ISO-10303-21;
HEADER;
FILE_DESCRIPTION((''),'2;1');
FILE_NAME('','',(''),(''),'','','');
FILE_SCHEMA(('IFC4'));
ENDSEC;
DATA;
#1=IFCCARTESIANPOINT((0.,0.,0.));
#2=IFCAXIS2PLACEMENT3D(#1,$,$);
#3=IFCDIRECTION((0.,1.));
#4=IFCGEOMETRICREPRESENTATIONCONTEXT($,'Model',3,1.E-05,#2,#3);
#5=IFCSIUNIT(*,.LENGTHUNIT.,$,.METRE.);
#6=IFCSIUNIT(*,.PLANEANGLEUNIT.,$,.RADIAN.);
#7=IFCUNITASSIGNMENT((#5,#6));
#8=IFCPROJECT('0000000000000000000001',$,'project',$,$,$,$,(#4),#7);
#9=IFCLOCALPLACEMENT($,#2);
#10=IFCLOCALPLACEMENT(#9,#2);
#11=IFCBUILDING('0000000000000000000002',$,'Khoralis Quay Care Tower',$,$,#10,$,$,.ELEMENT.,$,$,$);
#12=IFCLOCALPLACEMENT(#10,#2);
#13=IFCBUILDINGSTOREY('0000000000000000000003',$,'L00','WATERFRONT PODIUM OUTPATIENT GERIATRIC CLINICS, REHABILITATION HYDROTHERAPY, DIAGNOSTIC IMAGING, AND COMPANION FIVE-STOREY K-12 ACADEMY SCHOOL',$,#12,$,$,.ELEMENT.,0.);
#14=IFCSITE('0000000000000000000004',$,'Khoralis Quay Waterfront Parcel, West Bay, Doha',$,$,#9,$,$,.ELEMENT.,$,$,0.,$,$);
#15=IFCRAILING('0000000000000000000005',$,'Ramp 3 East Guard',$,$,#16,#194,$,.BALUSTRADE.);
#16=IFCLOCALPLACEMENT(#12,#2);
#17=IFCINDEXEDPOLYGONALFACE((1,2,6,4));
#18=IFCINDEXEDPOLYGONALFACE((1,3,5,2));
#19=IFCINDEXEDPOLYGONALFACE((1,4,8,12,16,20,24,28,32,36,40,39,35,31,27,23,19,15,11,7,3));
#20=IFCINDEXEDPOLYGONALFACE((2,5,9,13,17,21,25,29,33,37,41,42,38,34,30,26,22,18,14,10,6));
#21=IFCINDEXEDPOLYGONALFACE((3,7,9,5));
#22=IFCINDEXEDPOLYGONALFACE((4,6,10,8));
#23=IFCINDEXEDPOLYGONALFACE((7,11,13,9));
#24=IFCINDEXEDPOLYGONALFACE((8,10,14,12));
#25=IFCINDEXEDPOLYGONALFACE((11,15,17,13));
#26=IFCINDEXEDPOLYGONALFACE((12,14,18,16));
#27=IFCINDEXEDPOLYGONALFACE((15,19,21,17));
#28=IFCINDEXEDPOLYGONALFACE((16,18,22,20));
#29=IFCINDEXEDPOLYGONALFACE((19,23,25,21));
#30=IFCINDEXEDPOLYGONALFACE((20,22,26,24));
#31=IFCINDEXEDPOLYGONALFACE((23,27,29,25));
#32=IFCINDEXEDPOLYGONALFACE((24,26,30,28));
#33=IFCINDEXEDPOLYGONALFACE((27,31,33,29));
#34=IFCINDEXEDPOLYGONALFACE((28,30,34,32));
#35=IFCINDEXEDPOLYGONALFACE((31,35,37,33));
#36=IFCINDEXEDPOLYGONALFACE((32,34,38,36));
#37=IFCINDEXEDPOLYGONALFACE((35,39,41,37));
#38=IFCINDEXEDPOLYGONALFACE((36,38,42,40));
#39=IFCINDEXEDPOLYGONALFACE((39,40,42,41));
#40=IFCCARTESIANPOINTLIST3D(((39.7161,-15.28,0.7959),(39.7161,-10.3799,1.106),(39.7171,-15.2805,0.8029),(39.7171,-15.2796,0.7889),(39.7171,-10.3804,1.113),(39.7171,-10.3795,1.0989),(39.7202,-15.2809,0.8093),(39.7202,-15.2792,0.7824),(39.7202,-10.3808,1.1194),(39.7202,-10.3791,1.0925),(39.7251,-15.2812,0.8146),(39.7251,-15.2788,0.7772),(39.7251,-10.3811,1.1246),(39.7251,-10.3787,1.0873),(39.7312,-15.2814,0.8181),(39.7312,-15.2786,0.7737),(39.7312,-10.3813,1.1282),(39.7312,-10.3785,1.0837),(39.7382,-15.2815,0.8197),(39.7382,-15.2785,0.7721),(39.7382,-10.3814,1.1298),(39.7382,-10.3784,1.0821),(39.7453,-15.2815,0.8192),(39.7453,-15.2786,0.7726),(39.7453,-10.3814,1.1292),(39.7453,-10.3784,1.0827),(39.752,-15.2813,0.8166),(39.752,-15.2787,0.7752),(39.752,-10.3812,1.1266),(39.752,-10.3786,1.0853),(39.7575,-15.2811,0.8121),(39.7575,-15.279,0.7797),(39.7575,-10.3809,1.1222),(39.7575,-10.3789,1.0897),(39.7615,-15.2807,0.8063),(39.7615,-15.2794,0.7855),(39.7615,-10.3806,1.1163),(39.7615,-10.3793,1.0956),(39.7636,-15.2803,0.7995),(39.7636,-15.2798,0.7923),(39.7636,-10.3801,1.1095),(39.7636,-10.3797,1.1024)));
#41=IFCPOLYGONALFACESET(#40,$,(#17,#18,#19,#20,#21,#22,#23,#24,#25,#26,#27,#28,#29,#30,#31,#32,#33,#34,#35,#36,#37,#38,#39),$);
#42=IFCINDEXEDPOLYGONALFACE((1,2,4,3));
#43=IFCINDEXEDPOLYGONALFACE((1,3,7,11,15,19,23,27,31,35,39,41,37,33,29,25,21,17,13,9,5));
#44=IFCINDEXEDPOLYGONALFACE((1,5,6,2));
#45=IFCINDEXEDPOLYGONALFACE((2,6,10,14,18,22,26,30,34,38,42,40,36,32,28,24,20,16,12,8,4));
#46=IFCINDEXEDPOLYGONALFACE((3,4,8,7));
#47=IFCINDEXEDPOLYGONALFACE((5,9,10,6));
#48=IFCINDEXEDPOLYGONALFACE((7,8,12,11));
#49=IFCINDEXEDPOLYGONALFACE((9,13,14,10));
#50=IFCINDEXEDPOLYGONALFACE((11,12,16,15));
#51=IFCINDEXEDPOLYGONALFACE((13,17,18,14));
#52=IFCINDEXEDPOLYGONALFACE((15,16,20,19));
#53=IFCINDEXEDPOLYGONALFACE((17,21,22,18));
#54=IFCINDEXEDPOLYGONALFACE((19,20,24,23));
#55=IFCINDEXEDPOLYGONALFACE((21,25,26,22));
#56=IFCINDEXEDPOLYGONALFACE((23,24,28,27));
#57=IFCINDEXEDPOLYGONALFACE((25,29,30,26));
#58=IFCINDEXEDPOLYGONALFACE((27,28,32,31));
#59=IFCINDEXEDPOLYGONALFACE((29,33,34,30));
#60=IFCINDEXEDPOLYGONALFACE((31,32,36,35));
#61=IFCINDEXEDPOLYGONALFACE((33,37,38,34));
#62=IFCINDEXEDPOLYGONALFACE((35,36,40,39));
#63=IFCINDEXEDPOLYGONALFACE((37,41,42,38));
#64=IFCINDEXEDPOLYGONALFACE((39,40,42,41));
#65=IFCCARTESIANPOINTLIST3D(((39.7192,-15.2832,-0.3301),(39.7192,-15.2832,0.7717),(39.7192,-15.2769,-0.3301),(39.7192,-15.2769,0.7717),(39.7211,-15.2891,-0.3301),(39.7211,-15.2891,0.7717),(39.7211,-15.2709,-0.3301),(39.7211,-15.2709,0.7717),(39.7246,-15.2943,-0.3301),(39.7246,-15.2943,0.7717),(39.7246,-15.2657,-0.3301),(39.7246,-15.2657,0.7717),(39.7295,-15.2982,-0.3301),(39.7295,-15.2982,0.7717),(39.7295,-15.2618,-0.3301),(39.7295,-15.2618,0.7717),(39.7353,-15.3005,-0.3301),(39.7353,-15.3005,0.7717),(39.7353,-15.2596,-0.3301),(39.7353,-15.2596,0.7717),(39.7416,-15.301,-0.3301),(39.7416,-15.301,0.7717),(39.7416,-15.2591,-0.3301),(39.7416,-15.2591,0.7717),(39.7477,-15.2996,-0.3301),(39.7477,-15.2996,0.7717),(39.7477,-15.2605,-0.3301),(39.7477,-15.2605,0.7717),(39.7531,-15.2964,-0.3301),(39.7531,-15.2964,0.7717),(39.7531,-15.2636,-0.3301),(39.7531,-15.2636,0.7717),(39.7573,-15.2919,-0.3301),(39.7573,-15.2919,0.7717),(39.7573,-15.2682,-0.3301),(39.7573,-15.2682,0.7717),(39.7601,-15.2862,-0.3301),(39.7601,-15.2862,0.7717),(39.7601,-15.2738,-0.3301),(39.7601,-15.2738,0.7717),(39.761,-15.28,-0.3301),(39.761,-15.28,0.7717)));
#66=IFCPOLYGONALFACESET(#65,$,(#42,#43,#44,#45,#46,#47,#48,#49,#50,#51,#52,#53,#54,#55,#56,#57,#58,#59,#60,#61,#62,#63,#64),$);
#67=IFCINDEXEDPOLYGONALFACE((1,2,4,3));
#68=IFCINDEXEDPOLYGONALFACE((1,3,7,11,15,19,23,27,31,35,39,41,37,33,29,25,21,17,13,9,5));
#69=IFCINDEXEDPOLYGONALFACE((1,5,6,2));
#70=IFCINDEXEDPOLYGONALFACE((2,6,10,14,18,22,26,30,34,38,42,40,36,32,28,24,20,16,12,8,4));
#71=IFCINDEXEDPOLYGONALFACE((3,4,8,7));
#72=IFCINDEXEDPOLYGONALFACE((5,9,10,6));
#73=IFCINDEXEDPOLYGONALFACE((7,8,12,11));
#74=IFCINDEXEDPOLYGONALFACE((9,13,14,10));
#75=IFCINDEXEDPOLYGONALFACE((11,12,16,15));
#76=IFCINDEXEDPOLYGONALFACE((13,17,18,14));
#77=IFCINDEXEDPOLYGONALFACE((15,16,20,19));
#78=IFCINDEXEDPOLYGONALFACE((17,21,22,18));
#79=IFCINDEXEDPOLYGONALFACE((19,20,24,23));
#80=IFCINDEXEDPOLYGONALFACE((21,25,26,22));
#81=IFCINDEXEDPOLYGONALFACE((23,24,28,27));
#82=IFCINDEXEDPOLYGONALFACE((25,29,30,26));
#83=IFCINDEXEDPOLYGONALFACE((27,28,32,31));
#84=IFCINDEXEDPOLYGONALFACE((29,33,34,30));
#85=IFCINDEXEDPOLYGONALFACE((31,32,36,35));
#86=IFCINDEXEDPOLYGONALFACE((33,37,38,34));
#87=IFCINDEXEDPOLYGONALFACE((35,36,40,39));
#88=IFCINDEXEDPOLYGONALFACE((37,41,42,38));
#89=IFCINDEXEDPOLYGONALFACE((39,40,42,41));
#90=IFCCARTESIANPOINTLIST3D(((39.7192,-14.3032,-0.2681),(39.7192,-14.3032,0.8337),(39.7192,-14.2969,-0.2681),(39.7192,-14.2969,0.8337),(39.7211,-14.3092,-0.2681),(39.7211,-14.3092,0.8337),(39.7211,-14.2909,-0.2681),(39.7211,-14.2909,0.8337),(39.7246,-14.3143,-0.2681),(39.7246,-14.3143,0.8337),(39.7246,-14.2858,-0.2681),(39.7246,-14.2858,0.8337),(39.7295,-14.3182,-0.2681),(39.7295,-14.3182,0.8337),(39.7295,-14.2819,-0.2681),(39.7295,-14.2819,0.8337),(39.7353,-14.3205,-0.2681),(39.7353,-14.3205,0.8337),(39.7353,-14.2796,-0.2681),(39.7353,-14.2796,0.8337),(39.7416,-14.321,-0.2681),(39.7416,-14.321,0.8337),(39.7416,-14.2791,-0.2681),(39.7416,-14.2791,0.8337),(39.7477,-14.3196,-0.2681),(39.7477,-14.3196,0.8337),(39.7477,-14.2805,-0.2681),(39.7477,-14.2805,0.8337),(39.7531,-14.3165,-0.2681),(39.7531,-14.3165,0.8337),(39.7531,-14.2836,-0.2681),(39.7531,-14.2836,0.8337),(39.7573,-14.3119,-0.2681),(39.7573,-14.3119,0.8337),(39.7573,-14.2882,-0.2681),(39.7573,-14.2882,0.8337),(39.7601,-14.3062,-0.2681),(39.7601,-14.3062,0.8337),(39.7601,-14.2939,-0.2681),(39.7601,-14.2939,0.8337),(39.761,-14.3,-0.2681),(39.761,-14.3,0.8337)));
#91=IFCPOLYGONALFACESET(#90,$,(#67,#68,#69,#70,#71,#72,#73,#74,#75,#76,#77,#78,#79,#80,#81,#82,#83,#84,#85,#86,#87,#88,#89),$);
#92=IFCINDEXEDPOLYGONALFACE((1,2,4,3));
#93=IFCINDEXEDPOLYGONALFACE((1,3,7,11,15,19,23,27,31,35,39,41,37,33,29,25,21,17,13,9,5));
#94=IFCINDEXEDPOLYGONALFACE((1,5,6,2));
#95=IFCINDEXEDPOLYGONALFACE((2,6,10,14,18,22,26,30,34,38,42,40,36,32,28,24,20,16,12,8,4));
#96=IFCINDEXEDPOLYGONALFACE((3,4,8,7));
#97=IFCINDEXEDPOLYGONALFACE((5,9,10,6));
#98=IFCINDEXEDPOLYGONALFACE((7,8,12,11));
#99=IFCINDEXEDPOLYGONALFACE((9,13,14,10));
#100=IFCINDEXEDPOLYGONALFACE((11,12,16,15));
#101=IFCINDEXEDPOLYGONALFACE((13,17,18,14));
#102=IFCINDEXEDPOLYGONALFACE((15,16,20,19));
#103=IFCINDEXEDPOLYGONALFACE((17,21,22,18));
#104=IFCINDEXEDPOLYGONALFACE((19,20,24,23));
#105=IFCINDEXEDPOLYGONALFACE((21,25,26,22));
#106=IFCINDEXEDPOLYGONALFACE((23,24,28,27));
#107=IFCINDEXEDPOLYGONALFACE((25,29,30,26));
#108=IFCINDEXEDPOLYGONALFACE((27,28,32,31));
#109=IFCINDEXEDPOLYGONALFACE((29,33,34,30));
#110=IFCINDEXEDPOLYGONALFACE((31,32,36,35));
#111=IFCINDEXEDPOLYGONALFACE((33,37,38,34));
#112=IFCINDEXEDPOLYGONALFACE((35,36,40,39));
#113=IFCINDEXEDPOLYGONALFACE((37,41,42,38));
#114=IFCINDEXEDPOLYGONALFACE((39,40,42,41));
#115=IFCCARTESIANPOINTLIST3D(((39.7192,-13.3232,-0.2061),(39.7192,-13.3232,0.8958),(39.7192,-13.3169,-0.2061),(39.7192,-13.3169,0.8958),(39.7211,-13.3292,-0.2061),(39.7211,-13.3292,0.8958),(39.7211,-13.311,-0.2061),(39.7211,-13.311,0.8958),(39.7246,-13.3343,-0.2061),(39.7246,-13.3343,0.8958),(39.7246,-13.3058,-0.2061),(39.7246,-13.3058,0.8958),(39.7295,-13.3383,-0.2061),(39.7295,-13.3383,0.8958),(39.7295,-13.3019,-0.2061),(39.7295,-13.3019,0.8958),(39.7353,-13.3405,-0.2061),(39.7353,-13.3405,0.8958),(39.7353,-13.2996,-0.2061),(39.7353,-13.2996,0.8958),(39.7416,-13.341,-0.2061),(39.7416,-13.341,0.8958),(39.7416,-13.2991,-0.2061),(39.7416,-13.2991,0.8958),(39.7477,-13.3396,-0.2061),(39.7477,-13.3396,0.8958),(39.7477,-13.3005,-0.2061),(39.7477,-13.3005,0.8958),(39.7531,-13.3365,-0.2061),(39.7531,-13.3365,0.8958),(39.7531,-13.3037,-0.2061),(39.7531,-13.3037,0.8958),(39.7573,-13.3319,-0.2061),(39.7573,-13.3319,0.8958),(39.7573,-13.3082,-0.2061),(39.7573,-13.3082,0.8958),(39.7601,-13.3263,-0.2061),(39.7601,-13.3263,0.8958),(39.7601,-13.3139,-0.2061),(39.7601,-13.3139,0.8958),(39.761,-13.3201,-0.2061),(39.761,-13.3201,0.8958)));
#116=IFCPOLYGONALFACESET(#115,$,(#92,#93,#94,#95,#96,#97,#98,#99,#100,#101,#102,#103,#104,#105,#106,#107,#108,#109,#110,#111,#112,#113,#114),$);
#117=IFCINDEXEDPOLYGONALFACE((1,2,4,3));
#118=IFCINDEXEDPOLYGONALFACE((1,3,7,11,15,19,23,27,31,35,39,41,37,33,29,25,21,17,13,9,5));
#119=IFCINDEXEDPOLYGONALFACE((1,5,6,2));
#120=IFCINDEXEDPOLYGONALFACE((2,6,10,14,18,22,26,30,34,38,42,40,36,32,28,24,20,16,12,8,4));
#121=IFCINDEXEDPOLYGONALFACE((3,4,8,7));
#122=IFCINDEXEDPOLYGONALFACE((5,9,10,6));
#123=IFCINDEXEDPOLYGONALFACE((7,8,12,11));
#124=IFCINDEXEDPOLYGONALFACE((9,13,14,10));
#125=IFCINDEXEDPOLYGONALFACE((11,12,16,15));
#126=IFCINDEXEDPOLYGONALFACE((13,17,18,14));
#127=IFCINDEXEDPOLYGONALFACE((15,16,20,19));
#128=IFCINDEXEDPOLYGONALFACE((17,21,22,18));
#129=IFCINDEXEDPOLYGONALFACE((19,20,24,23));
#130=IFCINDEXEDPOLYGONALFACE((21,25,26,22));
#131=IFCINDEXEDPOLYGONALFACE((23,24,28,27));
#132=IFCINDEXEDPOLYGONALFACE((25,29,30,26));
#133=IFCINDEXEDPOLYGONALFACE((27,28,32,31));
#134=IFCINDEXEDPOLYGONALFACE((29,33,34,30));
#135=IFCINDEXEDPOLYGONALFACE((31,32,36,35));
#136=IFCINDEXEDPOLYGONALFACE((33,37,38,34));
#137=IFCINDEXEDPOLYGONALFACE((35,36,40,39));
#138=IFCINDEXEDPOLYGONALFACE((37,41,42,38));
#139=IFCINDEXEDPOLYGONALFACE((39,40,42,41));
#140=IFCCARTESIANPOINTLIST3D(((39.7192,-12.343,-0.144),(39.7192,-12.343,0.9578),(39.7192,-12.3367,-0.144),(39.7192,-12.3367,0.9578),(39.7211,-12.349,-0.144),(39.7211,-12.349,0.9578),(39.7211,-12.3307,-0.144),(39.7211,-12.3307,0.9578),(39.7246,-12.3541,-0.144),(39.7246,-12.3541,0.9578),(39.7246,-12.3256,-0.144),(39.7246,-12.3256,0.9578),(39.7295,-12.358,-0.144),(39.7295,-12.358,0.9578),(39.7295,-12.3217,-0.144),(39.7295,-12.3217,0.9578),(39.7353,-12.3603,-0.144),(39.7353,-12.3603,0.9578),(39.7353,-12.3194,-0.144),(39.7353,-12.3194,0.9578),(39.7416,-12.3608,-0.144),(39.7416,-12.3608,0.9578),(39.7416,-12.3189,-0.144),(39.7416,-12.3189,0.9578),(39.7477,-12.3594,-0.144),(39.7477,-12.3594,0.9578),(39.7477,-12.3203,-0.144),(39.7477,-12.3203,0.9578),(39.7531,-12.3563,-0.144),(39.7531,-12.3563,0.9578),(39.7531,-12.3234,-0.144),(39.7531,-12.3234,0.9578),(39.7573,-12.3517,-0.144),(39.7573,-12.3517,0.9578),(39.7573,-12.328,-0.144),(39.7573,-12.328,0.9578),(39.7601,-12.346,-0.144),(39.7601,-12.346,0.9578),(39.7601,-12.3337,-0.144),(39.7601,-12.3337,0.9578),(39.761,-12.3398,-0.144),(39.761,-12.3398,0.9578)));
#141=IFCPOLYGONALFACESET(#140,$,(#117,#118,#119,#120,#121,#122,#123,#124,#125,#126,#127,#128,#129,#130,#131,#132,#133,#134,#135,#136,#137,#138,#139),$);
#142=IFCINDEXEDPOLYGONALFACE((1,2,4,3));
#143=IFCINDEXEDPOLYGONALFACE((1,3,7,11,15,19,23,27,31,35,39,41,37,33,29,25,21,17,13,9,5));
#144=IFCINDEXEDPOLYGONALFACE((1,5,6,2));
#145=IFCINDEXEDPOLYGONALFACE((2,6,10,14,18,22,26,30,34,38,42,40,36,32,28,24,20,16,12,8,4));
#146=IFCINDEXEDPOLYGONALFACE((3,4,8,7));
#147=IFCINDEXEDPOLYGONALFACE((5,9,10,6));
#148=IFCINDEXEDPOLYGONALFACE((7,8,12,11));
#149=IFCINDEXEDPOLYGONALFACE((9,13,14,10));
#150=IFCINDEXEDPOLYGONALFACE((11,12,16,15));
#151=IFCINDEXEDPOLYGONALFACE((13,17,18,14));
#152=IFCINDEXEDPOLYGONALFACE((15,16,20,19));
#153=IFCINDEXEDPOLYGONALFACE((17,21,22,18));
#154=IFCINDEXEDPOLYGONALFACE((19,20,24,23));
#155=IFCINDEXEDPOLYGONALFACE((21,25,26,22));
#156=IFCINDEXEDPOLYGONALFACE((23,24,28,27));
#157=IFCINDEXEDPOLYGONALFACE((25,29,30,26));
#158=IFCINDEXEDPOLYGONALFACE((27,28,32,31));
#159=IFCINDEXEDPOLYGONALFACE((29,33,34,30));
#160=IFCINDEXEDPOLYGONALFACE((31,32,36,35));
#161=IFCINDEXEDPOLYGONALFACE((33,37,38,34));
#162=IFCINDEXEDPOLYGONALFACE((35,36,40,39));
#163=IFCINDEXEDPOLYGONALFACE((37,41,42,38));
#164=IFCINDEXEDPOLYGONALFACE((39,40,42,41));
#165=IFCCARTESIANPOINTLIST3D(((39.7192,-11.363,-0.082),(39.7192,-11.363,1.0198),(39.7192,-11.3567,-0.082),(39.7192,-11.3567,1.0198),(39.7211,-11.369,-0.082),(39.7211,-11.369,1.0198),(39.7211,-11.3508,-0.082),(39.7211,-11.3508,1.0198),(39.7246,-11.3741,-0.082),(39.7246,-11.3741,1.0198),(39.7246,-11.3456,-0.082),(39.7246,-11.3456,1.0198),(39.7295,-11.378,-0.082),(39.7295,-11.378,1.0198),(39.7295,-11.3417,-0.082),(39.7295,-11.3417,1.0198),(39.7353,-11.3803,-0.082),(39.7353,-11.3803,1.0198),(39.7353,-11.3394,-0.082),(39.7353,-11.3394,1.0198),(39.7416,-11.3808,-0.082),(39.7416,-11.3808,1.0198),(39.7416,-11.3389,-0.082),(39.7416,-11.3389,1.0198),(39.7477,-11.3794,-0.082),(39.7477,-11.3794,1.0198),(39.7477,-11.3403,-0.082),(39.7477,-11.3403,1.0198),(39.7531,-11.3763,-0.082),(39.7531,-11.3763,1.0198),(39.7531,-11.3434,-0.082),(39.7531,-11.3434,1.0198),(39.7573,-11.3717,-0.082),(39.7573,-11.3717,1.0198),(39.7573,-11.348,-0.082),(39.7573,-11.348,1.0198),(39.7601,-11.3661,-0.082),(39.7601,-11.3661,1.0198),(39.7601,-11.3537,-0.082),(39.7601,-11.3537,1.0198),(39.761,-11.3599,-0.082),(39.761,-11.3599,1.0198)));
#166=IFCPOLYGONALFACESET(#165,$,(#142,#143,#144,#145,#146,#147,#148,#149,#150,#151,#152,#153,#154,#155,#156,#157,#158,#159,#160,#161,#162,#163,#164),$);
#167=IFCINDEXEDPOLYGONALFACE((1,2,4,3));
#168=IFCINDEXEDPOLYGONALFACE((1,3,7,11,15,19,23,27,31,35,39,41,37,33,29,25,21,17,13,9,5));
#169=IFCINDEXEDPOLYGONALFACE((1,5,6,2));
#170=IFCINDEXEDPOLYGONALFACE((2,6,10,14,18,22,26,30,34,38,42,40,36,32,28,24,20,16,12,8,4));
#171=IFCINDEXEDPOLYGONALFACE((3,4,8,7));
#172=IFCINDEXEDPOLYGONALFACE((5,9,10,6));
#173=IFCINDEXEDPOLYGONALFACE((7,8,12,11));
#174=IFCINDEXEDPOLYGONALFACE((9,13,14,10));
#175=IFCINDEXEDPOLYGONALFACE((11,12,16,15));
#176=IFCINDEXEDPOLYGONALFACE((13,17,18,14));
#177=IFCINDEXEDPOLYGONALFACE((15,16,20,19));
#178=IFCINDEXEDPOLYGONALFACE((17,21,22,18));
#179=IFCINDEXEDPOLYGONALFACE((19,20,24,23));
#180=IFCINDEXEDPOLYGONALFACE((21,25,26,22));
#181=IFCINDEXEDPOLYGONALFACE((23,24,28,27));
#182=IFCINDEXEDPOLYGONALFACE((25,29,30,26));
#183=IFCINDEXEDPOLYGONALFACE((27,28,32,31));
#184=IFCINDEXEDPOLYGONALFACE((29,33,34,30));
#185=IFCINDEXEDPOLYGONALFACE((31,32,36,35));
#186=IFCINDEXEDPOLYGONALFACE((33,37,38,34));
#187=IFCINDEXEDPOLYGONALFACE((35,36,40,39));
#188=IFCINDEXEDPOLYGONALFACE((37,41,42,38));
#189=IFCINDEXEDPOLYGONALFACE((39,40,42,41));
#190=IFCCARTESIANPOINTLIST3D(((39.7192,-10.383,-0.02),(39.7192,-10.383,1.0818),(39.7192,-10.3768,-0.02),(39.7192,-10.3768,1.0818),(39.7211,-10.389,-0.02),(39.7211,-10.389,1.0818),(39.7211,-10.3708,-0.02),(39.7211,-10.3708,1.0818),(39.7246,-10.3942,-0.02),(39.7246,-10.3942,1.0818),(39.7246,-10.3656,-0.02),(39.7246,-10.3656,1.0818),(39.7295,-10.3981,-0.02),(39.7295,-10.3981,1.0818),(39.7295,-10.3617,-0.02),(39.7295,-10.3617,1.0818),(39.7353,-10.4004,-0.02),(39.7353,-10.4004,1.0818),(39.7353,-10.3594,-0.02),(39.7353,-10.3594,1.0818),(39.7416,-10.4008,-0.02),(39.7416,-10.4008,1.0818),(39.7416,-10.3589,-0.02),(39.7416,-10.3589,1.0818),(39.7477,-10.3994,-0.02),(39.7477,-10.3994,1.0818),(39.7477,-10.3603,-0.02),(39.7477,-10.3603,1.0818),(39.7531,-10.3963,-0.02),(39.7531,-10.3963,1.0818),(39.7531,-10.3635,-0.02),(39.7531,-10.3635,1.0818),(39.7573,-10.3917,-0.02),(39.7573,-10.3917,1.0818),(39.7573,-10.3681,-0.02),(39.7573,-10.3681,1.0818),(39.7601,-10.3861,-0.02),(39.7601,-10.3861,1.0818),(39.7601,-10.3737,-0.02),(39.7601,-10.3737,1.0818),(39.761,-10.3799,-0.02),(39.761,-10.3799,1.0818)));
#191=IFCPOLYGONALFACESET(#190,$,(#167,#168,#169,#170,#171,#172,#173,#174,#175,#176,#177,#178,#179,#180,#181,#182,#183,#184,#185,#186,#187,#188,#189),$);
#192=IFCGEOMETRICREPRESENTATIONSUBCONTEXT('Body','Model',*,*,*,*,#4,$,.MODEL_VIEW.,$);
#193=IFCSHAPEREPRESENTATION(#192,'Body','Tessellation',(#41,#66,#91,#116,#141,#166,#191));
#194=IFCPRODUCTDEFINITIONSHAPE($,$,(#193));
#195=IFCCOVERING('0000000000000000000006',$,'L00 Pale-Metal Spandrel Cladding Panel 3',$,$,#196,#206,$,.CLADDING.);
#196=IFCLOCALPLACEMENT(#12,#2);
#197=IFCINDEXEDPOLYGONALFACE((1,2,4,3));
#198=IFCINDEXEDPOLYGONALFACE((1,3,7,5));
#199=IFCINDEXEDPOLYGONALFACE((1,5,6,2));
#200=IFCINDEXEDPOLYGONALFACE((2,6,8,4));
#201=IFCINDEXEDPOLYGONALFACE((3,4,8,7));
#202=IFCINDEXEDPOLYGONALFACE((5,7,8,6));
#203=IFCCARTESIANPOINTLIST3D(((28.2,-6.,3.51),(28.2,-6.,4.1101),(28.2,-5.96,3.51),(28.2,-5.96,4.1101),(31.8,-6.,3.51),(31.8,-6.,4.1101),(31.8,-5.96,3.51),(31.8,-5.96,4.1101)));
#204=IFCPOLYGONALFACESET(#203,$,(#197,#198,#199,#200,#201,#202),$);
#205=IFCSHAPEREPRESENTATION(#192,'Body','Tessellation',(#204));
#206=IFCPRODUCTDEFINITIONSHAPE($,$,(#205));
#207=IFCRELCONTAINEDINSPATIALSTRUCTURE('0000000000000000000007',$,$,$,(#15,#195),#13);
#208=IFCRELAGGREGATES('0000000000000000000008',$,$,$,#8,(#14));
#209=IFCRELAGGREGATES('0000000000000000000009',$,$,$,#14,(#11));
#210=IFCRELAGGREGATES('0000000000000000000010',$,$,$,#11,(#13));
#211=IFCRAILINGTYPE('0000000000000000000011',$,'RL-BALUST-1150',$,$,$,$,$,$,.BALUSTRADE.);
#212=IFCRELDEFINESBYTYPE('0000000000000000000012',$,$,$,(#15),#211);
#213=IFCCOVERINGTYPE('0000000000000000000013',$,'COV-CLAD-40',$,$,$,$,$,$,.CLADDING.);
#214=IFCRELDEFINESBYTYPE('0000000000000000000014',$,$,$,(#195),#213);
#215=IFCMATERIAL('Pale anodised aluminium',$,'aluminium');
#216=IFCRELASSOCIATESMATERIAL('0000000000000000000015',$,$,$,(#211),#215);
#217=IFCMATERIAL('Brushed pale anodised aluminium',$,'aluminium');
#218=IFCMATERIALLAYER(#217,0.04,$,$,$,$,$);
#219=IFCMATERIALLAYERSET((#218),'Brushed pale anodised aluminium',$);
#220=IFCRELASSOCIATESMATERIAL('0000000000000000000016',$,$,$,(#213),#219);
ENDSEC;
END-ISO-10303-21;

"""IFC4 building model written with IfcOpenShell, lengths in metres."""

from ifc_helpers import new_model, si_unit, direction, frame, origin, origin_2d, place, context, subcontext, project, spatial, rectangle, circle, extrude, source, transform, mapped, material, layer, layer_set, type_object, element, save


model = new_model("IFC4")

# Units and contexts
model_context = context("Model", 3, precision=1e-05, world=origin(), true_north=direction((0.0, 1.0)))
body_context = subcontext(model_context, "Body", "Model", "MODEL_VIEW")
ifc_project = project(units=[si_unit("LENGTHUNIT", "METRE"), si_unit("PLANEANGLEUNIT", "RADIAN")], contexts=[model_context])

# Site, building, storey
site_placement = place(None, origin())
site = spatial("IfcSite", under=ifc_project, at=site_placement, Name="Khoralis Quay Waterfront Parcel, West Bay, Doha", CompositionType="ELEMENT", RefElevation=0.0)
building_placement = place(site_placement, origin())
building = spatial("IfcBuilding", under=site, at=building_placement, Name="Khoralis Quay Care Tower", CompositionType="ELEMENT")
storey_placement = place(building_placement, origin())
storey = spatial("IfcBuildingStorey", under=building, at=storey_placement, Name="L00", Description="WATERFRONT PODIUM OUTPATIENT GERIATRIC CLINICS, REHABILITATION HYDROTHERAPY, DIAGNOSTIC IMAGING, AND COMPANION FIVE-STOREY K-12 ACADEMY SCHOOL", CompositionType="ELEMENT", Elevation=0.0)

# Shared definitions
ifc_material_1 = material(Name="Pale anodised aluminium", Category="aluminium")

# Railing
railing_type = type_object("IfcRailingType", Name="RL-BALUST-1150", PredefinedType="BALUSTRADE", material=ifc_material_1)
for number, where, name in (
    (1, (39.74, -15.28, -0.3301), "Ramp 3 East Guard"),
):
    element("IfcRailing", number, at=place(storey_placement, frame(where)), inside=storey, type_object=railing_type, Name=name, PredefinedType="BALUSTRADE", context=body_context, shape_type="SweptSolid", body=[
        extrude(circle(Radius=0.0239, at=origin_2d()), frame((0.0, 0.0, 1.126), z_axis=(0.0, 0.998004, 0.063149), x_axis=(-1.0, 0.0, 0.0)), (0.0, 0.0, 1.0), 4.9099),
        extrude(circle(Radius=0.021, at=origin_2d()), origin(), (0.0, 0.0, 1.0), 1.1018),
        extrude(circle(Radius=0.021, at=origin_2d()), frame((0.0, 0.98, 0.062)), (0.0, 0.0, 1.0), 1.1018),
        extrude(circle(Radius=0.021, at=origin_2d()), frame((0.0, 1.96, 0.124)), (0.0, 0.0, 1.0), 1.1018),
        extrude(circle(Radius=0.021, at=origin_2d()), frame((0.0, 2.9402, 0.186)), (0.0, 0.0, 1.0), 1.1018),
        extrude(circle(Radius=0.021, at=origin_2d()), frame((0.0, 3.9202, 0.248)), (0.0, 0.0, 1.0), 1.1018),
        extrude(circle(Radius=0.021, at=origin_2d()), frame((0.0, 4.9001, 0.3101)), (0.0, 0.0, 1.0), 1.1018),
    ])

# Covering
ifc_material_2 = material(Name="Brushed pale anodised aluminium", Category="aluminium")
ifc_layer_1 = layer(ifc_material_2, 0.04)
ifc_layer_set_1 = layer_set([ifc_layer_1], Name="Brushed pale anodised aluminium")
covering_type = type_object("IfcCoveringType", Name="COV-CLAD-40", PredefinedType="CLADDING", material=ifc_layer_set_1)
shared_shape_1 = source(origin(), body_context, "Body", "SweptSolid", [
    extrude(rectangle(XDim=3.6001, YDim=0.04, at=origin_2d()), origin(), (0.0, 0.0, 1.0), 0.6001),
])
covering_placement = place(storey_placement, frame((30.0, -5.98, 3.51), z_axis=(0.0, 0.0, 1.0), x_axis=(1.0, 0.0, 0.0)))
element("IfcCovering", 2, at=covering_placement, inside=storey, type_object=covering_type, Name="L00 Pale-Metal Spandrel Cladding Panel 3", PredefinedType="CLADDING", context=body_context, shape_type="MappedRepresentation", body=[
    mapped(shared_shape_1, transform((0.0, 0.0, 0.0), scale=1.0)),
])

save(model, "model.ifc")
